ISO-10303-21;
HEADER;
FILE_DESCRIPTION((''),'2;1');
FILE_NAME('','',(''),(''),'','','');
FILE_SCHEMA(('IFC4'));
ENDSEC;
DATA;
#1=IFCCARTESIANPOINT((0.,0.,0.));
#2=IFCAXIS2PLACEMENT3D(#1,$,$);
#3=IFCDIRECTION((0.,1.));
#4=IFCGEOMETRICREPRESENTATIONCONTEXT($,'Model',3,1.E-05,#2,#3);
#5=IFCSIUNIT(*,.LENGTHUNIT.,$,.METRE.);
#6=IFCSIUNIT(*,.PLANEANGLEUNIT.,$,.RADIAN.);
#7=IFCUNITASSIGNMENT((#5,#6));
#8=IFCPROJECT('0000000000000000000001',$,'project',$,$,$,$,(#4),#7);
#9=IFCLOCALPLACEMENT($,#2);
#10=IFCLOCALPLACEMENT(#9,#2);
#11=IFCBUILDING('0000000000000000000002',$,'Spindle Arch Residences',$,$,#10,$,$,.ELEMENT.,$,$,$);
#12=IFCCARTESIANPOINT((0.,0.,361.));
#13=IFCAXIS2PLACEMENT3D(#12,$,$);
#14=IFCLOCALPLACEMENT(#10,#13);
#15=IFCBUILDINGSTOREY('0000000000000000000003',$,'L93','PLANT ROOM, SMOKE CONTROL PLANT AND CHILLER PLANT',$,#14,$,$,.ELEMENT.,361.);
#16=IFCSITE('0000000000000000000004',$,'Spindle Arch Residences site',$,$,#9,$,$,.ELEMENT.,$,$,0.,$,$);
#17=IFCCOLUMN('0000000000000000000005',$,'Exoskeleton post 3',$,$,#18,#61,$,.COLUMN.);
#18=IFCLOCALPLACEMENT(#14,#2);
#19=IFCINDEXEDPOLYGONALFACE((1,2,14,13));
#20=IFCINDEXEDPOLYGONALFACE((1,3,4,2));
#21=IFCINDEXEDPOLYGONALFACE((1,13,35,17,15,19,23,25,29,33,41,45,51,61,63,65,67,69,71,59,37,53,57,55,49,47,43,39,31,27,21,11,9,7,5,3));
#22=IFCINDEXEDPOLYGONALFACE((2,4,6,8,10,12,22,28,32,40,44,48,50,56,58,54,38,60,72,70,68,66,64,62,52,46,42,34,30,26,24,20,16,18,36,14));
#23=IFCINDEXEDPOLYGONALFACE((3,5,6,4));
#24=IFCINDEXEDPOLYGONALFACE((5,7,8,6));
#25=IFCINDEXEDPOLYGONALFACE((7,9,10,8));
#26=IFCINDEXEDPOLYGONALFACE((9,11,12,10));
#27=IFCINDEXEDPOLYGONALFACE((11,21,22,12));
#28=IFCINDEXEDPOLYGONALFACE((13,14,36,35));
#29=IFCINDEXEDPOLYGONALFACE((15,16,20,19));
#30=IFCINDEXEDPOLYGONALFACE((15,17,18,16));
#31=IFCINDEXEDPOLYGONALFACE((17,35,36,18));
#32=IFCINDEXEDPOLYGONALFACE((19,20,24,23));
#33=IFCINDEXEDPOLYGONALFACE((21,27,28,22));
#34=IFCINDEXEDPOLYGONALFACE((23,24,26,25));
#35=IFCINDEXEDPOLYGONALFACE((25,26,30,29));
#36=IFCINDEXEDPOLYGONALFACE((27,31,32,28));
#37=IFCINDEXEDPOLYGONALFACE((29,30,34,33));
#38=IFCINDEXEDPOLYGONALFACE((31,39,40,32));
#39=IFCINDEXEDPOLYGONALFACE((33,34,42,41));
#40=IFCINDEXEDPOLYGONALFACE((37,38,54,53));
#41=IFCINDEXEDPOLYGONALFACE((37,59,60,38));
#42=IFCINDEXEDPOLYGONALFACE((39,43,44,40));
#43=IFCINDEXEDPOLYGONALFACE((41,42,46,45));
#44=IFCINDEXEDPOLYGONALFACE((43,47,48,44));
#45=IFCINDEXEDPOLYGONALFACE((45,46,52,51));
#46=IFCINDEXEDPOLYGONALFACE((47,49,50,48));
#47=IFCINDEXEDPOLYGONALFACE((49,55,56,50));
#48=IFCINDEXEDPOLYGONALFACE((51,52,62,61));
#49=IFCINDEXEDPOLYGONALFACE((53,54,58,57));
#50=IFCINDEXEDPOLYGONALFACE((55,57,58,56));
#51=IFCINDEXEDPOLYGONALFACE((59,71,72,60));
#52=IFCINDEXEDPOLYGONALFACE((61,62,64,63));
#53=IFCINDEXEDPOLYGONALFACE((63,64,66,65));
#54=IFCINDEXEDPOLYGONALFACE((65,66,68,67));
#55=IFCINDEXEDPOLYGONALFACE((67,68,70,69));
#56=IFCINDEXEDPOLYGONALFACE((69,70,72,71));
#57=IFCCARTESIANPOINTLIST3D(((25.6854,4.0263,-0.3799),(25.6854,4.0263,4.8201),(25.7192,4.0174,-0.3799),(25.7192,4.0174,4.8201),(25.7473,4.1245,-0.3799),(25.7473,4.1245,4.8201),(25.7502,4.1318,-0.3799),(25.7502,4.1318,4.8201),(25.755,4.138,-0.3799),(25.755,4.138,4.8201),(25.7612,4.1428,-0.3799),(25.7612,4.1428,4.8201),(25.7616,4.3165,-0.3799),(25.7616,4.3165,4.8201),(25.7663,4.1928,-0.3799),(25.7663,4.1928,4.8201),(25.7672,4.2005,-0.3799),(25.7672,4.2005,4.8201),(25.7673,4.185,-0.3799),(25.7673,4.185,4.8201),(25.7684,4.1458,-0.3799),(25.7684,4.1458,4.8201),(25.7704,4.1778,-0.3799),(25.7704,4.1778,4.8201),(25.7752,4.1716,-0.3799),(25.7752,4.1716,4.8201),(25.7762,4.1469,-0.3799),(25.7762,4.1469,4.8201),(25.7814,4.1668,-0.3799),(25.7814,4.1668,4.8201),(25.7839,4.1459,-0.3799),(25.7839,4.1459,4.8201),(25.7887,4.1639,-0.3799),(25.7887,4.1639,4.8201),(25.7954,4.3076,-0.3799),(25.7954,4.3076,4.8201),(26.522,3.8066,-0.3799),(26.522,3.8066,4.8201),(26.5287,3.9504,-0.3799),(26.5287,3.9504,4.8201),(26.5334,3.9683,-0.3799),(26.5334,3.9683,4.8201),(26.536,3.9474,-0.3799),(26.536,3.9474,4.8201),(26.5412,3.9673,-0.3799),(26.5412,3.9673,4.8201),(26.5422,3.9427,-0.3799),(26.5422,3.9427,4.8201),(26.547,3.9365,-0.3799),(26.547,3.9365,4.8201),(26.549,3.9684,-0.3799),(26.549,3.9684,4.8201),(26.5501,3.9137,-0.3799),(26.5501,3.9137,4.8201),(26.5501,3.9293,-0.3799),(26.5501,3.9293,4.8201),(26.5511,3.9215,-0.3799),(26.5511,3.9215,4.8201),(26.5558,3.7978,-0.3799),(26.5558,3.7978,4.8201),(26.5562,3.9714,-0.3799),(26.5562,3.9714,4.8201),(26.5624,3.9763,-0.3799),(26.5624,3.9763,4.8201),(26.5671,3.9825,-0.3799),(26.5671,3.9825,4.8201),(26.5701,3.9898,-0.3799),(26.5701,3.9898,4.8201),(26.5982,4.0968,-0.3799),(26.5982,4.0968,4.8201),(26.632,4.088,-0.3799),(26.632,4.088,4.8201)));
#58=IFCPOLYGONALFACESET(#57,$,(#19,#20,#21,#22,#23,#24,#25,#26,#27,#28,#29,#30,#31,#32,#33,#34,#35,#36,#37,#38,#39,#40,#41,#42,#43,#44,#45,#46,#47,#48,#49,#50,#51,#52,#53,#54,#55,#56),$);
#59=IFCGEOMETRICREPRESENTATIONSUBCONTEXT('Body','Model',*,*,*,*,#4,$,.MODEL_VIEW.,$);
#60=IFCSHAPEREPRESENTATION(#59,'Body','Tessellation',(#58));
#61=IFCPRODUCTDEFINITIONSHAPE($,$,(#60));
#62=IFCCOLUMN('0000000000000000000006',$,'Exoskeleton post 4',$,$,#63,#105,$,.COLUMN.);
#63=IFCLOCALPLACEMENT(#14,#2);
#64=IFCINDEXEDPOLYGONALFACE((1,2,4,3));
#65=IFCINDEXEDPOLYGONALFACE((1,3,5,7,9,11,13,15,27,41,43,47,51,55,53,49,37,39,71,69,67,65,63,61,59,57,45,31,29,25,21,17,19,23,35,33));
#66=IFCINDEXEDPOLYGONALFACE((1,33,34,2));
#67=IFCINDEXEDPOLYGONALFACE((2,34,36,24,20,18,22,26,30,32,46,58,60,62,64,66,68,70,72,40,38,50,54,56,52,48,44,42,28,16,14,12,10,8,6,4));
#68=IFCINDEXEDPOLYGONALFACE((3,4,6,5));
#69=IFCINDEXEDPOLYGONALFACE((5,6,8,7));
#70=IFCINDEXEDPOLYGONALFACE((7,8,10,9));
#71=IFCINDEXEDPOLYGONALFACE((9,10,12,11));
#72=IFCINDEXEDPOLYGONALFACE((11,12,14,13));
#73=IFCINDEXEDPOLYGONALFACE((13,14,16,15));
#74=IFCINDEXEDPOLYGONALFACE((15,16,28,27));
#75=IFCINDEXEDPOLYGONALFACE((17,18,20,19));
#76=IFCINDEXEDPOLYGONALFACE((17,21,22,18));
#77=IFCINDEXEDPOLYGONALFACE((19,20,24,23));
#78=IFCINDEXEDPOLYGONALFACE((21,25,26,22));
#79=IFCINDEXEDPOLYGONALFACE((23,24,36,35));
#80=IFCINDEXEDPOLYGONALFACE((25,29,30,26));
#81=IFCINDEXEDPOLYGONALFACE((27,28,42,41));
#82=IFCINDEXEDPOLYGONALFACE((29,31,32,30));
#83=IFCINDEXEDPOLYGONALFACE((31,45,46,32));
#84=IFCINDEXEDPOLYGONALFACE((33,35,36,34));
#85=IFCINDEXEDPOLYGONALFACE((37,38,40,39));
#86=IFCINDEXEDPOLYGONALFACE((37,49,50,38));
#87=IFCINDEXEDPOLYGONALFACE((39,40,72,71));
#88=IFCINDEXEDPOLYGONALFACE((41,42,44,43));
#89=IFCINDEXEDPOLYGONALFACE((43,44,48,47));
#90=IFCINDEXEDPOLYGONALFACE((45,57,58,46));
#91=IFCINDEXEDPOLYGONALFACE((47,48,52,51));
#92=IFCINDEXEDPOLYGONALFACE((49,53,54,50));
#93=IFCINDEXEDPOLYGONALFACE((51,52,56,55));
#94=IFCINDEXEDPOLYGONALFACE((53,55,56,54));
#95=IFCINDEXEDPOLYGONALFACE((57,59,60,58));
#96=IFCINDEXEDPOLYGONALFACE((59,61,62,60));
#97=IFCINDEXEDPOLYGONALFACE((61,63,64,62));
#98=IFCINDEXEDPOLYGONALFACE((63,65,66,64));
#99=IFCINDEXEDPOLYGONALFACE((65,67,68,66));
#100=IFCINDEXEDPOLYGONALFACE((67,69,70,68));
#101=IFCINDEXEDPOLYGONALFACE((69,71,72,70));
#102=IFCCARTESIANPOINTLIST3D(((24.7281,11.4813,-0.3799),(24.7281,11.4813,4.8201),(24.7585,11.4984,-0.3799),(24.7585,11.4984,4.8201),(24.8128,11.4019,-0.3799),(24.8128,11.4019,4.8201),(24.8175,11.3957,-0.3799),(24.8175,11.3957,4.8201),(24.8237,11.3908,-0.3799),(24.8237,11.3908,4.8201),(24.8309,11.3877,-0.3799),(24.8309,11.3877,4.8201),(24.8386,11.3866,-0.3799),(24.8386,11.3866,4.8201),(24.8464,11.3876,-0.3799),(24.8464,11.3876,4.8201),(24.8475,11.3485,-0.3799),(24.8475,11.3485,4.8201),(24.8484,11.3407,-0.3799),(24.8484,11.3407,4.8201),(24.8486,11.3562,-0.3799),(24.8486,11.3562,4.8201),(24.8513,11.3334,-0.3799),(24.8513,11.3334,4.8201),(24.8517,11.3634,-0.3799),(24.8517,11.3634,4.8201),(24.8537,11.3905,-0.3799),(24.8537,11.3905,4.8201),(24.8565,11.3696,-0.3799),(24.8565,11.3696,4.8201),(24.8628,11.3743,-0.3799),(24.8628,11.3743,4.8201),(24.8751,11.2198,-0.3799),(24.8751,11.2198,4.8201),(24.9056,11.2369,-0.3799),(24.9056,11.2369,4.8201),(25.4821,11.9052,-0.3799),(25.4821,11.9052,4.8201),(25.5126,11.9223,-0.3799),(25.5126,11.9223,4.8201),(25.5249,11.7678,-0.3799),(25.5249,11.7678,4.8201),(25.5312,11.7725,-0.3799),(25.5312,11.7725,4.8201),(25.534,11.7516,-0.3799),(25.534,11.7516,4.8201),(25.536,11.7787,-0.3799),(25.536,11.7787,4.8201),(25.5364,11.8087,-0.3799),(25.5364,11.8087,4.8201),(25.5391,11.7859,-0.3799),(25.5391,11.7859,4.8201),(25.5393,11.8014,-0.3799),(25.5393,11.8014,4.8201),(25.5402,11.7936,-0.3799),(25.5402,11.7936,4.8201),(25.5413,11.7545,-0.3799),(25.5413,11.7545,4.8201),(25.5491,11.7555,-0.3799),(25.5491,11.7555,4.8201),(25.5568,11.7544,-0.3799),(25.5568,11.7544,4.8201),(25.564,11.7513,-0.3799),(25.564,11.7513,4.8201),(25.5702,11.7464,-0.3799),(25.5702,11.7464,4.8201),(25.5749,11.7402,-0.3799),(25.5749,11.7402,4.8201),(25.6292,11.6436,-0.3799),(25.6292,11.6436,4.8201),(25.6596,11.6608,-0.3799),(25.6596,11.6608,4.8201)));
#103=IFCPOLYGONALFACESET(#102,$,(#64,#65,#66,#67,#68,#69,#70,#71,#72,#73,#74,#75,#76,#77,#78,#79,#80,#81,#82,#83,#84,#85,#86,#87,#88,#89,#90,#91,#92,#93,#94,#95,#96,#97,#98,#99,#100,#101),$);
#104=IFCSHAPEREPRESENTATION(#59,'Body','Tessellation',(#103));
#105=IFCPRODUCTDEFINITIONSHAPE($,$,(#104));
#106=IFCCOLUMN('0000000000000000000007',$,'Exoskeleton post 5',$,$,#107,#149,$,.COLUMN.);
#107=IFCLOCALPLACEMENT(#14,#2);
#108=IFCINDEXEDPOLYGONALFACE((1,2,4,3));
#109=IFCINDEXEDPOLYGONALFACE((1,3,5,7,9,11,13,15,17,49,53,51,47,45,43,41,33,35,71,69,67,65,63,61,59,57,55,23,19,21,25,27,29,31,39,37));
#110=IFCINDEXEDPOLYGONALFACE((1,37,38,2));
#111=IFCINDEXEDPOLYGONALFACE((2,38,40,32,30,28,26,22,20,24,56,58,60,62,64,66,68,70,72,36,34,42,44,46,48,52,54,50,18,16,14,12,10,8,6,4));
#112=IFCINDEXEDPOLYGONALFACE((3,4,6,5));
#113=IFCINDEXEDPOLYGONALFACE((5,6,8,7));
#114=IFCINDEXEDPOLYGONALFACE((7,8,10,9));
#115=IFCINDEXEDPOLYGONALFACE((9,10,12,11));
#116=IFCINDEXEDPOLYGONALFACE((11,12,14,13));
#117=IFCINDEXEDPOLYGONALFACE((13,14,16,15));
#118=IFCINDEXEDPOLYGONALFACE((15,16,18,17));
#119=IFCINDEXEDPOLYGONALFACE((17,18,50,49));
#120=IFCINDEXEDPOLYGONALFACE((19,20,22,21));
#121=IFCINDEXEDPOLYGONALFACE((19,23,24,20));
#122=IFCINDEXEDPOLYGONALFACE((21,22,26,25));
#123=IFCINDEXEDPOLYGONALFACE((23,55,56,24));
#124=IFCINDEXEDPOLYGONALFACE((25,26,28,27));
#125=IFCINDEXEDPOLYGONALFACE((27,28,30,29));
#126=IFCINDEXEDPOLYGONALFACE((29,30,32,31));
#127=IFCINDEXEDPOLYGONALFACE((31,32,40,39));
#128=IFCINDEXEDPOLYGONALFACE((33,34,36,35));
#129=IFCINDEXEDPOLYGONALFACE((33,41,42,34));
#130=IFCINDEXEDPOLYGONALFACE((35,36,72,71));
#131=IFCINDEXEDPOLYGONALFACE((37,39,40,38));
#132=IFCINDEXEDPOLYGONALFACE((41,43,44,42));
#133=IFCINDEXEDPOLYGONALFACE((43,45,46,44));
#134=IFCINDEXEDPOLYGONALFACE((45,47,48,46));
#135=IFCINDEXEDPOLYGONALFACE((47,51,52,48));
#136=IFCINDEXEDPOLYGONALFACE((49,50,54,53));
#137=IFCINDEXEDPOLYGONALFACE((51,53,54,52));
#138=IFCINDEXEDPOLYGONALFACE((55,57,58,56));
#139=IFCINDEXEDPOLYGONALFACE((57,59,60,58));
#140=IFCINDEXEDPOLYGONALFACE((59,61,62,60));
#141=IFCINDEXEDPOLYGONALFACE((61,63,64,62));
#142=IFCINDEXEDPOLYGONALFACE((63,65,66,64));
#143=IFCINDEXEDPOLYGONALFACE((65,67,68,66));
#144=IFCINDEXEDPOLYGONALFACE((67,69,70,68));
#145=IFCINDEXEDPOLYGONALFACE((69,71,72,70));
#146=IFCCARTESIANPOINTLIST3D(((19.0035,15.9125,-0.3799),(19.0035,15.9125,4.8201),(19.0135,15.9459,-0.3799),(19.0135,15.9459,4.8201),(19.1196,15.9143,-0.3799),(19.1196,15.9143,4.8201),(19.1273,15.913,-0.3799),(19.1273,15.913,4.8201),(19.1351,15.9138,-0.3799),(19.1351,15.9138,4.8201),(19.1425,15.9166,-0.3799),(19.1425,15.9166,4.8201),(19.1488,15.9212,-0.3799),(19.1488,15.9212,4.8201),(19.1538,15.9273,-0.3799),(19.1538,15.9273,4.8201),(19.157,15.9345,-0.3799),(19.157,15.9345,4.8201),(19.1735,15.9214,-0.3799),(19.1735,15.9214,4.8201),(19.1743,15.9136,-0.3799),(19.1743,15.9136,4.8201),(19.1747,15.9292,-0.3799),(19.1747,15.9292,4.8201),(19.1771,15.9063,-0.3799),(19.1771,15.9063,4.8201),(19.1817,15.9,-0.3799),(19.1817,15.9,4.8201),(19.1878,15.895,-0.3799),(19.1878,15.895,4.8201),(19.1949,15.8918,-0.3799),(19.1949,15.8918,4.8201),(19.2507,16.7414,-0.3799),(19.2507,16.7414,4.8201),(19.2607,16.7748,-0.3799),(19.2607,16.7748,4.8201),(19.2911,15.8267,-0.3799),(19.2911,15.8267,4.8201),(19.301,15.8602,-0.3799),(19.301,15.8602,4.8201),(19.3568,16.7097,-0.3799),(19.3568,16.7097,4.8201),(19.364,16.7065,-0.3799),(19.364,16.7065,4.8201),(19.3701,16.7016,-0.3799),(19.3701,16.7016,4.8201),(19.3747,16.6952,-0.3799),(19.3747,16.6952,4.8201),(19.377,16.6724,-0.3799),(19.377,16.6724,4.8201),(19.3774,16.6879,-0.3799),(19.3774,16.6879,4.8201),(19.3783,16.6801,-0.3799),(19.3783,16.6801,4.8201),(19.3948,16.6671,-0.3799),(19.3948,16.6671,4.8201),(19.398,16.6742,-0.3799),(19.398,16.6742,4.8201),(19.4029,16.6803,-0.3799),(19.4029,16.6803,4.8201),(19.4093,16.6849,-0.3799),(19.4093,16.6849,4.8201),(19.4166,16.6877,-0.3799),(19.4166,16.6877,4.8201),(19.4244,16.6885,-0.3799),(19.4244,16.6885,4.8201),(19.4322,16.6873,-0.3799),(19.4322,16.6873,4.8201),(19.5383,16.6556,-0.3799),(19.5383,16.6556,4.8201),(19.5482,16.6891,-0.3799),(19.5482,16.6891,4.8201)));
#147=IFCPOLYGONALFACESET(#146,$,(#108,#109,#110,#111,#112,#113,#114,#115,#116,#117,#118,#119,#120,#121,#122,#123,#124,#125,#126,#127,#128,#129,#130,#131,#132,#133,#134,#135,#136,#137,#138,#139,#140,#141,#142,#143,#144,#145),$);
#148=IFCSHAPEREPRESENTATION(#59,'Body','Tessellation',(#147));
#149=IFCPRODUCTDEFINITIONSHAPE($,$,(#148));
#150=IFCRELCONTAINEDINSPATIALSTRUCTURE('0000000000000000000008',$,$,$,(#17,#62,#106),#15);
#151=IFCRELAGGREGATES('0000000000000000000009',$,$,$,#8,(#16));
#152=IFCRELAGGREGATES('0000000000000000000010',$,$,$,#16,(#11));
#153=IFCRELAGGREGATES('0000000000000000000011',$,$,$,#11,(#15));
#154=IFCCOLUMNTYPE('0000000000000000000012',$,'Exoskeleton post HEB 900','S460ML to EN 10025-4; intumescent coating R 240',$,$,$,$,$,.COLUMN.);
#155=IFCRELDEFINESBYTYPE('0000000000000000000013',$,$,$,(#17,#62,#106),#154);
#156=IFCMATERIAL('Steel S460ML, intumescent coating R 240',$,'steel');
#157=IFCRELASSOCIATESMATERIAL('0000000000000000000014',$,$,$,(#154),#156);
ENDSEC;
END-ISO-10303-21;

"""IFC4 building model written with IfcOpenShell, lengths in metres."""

from ifc_helpers import new_model, si_unit, direction, frame, origin, origin_2d, place, context, subcontext, project, spatial, i_section, extrude, material, material_profile, profile_set, type_object, element, save


model = new_model("IFC4")

# Units and contexts
model_context = context("Model", 3, precision=1e-05, world=origin(), true_north=direction((0.0, 1.0)))
body_context = subcontext(model_context, "Body", "Model", "MODEL_VIEW")
ifc_project = project(units=[si_unit("LENGTHUNIT", "METRE"), si_unit("PLANEANGLEUNIT", "RADIAN")], contexts=[model_context])

# Site, building, storey
site_placement = place(None, origin())
site = spatial("IfcSite", under=ifc_project, at=site_placement, Name="Spindle Arch Residences site", CompositionType="ELEMENT", RefElevation=0.0)
building_placement = place(site_placement, origin())
building = spatial("IfcBuilding", under=site, at=building_placement, Name="Spindle Arch Residences", CompositionType="ELEMENT")
storey_placement = place(building_placement, frame((0.0, 0.0, 361.0)))
storey = spatial("IfcBuildingStorey", under=building, at=storey_placement, Name="L93", Description="PLANT ROOM, SMOKE CONTROL PLANT AND CHILLER PLANT", CompositionType="ELEMENT", Elevation=361.0)

# Columns
ifc_material_1 = material(Name="Steel S460ML, intumescent coating R 240", Category="steel")
ifc_material_profile_1 = material_profile(ifc_material_1, i_section(OverallWidth=0.3, OverallDepth=0.8999, WebThickness=0.0186, FlangeThickness=0.0349, FilletRadius=0.03, at=origin_2d()), Name="HEB 900")
ifc_profile_set_1 = profile_set([ifc_material_profile_1], Name="Steel S460ML, intumescent coating R 240")
column_type_1 = type_object("IfcColumnType", Name="Exoskeleton post HEB 900", Description="S460ML to EN 10025-4; intumescent coating R 240", PredefinedType="COLUMN", material=ifc_profile_set_1)
for number, where, z_axis, x_axis, name in (
    (1, (26.1587, 4.0571, -0.3799), (0.0, 0.0, 1.0), (-0.253941, -0.96722, 0.0), "Exoskeleton post 3"),
    (2, (25.1938, 11.571, -0.3799), (0.0, 0.0, 1.0), (0.490024, -0.871709, 0.0), "Exoskeleton post 4"),
    (3, (19.2759, 16.3008, -0.3799), (0.0, 0.0, 1.0), (0.958298, -0.285769, 0.0), "Exoskeleton post 5"),
):
    element("IfcColumn", number, at=place(storey_placement, frame(where, z_axis=z_axis, x_axis=x_axis)), inside=storey, type_object=column_type_1, Name=name, PredefinedType="COLUMN", context=body_context, shape_type="SweptSolid", body=[
        extrude(i_section(OverallWidth=0.3, OverallDepth=0.8999, WebThickness=0.0186, FlangeThickness=0.0349, FilletRadius=0.03, at=origin_2d()), origin(), (0.0, 0.0, 1.0), 5.2),
    ])

save(model, "model.ifc")
